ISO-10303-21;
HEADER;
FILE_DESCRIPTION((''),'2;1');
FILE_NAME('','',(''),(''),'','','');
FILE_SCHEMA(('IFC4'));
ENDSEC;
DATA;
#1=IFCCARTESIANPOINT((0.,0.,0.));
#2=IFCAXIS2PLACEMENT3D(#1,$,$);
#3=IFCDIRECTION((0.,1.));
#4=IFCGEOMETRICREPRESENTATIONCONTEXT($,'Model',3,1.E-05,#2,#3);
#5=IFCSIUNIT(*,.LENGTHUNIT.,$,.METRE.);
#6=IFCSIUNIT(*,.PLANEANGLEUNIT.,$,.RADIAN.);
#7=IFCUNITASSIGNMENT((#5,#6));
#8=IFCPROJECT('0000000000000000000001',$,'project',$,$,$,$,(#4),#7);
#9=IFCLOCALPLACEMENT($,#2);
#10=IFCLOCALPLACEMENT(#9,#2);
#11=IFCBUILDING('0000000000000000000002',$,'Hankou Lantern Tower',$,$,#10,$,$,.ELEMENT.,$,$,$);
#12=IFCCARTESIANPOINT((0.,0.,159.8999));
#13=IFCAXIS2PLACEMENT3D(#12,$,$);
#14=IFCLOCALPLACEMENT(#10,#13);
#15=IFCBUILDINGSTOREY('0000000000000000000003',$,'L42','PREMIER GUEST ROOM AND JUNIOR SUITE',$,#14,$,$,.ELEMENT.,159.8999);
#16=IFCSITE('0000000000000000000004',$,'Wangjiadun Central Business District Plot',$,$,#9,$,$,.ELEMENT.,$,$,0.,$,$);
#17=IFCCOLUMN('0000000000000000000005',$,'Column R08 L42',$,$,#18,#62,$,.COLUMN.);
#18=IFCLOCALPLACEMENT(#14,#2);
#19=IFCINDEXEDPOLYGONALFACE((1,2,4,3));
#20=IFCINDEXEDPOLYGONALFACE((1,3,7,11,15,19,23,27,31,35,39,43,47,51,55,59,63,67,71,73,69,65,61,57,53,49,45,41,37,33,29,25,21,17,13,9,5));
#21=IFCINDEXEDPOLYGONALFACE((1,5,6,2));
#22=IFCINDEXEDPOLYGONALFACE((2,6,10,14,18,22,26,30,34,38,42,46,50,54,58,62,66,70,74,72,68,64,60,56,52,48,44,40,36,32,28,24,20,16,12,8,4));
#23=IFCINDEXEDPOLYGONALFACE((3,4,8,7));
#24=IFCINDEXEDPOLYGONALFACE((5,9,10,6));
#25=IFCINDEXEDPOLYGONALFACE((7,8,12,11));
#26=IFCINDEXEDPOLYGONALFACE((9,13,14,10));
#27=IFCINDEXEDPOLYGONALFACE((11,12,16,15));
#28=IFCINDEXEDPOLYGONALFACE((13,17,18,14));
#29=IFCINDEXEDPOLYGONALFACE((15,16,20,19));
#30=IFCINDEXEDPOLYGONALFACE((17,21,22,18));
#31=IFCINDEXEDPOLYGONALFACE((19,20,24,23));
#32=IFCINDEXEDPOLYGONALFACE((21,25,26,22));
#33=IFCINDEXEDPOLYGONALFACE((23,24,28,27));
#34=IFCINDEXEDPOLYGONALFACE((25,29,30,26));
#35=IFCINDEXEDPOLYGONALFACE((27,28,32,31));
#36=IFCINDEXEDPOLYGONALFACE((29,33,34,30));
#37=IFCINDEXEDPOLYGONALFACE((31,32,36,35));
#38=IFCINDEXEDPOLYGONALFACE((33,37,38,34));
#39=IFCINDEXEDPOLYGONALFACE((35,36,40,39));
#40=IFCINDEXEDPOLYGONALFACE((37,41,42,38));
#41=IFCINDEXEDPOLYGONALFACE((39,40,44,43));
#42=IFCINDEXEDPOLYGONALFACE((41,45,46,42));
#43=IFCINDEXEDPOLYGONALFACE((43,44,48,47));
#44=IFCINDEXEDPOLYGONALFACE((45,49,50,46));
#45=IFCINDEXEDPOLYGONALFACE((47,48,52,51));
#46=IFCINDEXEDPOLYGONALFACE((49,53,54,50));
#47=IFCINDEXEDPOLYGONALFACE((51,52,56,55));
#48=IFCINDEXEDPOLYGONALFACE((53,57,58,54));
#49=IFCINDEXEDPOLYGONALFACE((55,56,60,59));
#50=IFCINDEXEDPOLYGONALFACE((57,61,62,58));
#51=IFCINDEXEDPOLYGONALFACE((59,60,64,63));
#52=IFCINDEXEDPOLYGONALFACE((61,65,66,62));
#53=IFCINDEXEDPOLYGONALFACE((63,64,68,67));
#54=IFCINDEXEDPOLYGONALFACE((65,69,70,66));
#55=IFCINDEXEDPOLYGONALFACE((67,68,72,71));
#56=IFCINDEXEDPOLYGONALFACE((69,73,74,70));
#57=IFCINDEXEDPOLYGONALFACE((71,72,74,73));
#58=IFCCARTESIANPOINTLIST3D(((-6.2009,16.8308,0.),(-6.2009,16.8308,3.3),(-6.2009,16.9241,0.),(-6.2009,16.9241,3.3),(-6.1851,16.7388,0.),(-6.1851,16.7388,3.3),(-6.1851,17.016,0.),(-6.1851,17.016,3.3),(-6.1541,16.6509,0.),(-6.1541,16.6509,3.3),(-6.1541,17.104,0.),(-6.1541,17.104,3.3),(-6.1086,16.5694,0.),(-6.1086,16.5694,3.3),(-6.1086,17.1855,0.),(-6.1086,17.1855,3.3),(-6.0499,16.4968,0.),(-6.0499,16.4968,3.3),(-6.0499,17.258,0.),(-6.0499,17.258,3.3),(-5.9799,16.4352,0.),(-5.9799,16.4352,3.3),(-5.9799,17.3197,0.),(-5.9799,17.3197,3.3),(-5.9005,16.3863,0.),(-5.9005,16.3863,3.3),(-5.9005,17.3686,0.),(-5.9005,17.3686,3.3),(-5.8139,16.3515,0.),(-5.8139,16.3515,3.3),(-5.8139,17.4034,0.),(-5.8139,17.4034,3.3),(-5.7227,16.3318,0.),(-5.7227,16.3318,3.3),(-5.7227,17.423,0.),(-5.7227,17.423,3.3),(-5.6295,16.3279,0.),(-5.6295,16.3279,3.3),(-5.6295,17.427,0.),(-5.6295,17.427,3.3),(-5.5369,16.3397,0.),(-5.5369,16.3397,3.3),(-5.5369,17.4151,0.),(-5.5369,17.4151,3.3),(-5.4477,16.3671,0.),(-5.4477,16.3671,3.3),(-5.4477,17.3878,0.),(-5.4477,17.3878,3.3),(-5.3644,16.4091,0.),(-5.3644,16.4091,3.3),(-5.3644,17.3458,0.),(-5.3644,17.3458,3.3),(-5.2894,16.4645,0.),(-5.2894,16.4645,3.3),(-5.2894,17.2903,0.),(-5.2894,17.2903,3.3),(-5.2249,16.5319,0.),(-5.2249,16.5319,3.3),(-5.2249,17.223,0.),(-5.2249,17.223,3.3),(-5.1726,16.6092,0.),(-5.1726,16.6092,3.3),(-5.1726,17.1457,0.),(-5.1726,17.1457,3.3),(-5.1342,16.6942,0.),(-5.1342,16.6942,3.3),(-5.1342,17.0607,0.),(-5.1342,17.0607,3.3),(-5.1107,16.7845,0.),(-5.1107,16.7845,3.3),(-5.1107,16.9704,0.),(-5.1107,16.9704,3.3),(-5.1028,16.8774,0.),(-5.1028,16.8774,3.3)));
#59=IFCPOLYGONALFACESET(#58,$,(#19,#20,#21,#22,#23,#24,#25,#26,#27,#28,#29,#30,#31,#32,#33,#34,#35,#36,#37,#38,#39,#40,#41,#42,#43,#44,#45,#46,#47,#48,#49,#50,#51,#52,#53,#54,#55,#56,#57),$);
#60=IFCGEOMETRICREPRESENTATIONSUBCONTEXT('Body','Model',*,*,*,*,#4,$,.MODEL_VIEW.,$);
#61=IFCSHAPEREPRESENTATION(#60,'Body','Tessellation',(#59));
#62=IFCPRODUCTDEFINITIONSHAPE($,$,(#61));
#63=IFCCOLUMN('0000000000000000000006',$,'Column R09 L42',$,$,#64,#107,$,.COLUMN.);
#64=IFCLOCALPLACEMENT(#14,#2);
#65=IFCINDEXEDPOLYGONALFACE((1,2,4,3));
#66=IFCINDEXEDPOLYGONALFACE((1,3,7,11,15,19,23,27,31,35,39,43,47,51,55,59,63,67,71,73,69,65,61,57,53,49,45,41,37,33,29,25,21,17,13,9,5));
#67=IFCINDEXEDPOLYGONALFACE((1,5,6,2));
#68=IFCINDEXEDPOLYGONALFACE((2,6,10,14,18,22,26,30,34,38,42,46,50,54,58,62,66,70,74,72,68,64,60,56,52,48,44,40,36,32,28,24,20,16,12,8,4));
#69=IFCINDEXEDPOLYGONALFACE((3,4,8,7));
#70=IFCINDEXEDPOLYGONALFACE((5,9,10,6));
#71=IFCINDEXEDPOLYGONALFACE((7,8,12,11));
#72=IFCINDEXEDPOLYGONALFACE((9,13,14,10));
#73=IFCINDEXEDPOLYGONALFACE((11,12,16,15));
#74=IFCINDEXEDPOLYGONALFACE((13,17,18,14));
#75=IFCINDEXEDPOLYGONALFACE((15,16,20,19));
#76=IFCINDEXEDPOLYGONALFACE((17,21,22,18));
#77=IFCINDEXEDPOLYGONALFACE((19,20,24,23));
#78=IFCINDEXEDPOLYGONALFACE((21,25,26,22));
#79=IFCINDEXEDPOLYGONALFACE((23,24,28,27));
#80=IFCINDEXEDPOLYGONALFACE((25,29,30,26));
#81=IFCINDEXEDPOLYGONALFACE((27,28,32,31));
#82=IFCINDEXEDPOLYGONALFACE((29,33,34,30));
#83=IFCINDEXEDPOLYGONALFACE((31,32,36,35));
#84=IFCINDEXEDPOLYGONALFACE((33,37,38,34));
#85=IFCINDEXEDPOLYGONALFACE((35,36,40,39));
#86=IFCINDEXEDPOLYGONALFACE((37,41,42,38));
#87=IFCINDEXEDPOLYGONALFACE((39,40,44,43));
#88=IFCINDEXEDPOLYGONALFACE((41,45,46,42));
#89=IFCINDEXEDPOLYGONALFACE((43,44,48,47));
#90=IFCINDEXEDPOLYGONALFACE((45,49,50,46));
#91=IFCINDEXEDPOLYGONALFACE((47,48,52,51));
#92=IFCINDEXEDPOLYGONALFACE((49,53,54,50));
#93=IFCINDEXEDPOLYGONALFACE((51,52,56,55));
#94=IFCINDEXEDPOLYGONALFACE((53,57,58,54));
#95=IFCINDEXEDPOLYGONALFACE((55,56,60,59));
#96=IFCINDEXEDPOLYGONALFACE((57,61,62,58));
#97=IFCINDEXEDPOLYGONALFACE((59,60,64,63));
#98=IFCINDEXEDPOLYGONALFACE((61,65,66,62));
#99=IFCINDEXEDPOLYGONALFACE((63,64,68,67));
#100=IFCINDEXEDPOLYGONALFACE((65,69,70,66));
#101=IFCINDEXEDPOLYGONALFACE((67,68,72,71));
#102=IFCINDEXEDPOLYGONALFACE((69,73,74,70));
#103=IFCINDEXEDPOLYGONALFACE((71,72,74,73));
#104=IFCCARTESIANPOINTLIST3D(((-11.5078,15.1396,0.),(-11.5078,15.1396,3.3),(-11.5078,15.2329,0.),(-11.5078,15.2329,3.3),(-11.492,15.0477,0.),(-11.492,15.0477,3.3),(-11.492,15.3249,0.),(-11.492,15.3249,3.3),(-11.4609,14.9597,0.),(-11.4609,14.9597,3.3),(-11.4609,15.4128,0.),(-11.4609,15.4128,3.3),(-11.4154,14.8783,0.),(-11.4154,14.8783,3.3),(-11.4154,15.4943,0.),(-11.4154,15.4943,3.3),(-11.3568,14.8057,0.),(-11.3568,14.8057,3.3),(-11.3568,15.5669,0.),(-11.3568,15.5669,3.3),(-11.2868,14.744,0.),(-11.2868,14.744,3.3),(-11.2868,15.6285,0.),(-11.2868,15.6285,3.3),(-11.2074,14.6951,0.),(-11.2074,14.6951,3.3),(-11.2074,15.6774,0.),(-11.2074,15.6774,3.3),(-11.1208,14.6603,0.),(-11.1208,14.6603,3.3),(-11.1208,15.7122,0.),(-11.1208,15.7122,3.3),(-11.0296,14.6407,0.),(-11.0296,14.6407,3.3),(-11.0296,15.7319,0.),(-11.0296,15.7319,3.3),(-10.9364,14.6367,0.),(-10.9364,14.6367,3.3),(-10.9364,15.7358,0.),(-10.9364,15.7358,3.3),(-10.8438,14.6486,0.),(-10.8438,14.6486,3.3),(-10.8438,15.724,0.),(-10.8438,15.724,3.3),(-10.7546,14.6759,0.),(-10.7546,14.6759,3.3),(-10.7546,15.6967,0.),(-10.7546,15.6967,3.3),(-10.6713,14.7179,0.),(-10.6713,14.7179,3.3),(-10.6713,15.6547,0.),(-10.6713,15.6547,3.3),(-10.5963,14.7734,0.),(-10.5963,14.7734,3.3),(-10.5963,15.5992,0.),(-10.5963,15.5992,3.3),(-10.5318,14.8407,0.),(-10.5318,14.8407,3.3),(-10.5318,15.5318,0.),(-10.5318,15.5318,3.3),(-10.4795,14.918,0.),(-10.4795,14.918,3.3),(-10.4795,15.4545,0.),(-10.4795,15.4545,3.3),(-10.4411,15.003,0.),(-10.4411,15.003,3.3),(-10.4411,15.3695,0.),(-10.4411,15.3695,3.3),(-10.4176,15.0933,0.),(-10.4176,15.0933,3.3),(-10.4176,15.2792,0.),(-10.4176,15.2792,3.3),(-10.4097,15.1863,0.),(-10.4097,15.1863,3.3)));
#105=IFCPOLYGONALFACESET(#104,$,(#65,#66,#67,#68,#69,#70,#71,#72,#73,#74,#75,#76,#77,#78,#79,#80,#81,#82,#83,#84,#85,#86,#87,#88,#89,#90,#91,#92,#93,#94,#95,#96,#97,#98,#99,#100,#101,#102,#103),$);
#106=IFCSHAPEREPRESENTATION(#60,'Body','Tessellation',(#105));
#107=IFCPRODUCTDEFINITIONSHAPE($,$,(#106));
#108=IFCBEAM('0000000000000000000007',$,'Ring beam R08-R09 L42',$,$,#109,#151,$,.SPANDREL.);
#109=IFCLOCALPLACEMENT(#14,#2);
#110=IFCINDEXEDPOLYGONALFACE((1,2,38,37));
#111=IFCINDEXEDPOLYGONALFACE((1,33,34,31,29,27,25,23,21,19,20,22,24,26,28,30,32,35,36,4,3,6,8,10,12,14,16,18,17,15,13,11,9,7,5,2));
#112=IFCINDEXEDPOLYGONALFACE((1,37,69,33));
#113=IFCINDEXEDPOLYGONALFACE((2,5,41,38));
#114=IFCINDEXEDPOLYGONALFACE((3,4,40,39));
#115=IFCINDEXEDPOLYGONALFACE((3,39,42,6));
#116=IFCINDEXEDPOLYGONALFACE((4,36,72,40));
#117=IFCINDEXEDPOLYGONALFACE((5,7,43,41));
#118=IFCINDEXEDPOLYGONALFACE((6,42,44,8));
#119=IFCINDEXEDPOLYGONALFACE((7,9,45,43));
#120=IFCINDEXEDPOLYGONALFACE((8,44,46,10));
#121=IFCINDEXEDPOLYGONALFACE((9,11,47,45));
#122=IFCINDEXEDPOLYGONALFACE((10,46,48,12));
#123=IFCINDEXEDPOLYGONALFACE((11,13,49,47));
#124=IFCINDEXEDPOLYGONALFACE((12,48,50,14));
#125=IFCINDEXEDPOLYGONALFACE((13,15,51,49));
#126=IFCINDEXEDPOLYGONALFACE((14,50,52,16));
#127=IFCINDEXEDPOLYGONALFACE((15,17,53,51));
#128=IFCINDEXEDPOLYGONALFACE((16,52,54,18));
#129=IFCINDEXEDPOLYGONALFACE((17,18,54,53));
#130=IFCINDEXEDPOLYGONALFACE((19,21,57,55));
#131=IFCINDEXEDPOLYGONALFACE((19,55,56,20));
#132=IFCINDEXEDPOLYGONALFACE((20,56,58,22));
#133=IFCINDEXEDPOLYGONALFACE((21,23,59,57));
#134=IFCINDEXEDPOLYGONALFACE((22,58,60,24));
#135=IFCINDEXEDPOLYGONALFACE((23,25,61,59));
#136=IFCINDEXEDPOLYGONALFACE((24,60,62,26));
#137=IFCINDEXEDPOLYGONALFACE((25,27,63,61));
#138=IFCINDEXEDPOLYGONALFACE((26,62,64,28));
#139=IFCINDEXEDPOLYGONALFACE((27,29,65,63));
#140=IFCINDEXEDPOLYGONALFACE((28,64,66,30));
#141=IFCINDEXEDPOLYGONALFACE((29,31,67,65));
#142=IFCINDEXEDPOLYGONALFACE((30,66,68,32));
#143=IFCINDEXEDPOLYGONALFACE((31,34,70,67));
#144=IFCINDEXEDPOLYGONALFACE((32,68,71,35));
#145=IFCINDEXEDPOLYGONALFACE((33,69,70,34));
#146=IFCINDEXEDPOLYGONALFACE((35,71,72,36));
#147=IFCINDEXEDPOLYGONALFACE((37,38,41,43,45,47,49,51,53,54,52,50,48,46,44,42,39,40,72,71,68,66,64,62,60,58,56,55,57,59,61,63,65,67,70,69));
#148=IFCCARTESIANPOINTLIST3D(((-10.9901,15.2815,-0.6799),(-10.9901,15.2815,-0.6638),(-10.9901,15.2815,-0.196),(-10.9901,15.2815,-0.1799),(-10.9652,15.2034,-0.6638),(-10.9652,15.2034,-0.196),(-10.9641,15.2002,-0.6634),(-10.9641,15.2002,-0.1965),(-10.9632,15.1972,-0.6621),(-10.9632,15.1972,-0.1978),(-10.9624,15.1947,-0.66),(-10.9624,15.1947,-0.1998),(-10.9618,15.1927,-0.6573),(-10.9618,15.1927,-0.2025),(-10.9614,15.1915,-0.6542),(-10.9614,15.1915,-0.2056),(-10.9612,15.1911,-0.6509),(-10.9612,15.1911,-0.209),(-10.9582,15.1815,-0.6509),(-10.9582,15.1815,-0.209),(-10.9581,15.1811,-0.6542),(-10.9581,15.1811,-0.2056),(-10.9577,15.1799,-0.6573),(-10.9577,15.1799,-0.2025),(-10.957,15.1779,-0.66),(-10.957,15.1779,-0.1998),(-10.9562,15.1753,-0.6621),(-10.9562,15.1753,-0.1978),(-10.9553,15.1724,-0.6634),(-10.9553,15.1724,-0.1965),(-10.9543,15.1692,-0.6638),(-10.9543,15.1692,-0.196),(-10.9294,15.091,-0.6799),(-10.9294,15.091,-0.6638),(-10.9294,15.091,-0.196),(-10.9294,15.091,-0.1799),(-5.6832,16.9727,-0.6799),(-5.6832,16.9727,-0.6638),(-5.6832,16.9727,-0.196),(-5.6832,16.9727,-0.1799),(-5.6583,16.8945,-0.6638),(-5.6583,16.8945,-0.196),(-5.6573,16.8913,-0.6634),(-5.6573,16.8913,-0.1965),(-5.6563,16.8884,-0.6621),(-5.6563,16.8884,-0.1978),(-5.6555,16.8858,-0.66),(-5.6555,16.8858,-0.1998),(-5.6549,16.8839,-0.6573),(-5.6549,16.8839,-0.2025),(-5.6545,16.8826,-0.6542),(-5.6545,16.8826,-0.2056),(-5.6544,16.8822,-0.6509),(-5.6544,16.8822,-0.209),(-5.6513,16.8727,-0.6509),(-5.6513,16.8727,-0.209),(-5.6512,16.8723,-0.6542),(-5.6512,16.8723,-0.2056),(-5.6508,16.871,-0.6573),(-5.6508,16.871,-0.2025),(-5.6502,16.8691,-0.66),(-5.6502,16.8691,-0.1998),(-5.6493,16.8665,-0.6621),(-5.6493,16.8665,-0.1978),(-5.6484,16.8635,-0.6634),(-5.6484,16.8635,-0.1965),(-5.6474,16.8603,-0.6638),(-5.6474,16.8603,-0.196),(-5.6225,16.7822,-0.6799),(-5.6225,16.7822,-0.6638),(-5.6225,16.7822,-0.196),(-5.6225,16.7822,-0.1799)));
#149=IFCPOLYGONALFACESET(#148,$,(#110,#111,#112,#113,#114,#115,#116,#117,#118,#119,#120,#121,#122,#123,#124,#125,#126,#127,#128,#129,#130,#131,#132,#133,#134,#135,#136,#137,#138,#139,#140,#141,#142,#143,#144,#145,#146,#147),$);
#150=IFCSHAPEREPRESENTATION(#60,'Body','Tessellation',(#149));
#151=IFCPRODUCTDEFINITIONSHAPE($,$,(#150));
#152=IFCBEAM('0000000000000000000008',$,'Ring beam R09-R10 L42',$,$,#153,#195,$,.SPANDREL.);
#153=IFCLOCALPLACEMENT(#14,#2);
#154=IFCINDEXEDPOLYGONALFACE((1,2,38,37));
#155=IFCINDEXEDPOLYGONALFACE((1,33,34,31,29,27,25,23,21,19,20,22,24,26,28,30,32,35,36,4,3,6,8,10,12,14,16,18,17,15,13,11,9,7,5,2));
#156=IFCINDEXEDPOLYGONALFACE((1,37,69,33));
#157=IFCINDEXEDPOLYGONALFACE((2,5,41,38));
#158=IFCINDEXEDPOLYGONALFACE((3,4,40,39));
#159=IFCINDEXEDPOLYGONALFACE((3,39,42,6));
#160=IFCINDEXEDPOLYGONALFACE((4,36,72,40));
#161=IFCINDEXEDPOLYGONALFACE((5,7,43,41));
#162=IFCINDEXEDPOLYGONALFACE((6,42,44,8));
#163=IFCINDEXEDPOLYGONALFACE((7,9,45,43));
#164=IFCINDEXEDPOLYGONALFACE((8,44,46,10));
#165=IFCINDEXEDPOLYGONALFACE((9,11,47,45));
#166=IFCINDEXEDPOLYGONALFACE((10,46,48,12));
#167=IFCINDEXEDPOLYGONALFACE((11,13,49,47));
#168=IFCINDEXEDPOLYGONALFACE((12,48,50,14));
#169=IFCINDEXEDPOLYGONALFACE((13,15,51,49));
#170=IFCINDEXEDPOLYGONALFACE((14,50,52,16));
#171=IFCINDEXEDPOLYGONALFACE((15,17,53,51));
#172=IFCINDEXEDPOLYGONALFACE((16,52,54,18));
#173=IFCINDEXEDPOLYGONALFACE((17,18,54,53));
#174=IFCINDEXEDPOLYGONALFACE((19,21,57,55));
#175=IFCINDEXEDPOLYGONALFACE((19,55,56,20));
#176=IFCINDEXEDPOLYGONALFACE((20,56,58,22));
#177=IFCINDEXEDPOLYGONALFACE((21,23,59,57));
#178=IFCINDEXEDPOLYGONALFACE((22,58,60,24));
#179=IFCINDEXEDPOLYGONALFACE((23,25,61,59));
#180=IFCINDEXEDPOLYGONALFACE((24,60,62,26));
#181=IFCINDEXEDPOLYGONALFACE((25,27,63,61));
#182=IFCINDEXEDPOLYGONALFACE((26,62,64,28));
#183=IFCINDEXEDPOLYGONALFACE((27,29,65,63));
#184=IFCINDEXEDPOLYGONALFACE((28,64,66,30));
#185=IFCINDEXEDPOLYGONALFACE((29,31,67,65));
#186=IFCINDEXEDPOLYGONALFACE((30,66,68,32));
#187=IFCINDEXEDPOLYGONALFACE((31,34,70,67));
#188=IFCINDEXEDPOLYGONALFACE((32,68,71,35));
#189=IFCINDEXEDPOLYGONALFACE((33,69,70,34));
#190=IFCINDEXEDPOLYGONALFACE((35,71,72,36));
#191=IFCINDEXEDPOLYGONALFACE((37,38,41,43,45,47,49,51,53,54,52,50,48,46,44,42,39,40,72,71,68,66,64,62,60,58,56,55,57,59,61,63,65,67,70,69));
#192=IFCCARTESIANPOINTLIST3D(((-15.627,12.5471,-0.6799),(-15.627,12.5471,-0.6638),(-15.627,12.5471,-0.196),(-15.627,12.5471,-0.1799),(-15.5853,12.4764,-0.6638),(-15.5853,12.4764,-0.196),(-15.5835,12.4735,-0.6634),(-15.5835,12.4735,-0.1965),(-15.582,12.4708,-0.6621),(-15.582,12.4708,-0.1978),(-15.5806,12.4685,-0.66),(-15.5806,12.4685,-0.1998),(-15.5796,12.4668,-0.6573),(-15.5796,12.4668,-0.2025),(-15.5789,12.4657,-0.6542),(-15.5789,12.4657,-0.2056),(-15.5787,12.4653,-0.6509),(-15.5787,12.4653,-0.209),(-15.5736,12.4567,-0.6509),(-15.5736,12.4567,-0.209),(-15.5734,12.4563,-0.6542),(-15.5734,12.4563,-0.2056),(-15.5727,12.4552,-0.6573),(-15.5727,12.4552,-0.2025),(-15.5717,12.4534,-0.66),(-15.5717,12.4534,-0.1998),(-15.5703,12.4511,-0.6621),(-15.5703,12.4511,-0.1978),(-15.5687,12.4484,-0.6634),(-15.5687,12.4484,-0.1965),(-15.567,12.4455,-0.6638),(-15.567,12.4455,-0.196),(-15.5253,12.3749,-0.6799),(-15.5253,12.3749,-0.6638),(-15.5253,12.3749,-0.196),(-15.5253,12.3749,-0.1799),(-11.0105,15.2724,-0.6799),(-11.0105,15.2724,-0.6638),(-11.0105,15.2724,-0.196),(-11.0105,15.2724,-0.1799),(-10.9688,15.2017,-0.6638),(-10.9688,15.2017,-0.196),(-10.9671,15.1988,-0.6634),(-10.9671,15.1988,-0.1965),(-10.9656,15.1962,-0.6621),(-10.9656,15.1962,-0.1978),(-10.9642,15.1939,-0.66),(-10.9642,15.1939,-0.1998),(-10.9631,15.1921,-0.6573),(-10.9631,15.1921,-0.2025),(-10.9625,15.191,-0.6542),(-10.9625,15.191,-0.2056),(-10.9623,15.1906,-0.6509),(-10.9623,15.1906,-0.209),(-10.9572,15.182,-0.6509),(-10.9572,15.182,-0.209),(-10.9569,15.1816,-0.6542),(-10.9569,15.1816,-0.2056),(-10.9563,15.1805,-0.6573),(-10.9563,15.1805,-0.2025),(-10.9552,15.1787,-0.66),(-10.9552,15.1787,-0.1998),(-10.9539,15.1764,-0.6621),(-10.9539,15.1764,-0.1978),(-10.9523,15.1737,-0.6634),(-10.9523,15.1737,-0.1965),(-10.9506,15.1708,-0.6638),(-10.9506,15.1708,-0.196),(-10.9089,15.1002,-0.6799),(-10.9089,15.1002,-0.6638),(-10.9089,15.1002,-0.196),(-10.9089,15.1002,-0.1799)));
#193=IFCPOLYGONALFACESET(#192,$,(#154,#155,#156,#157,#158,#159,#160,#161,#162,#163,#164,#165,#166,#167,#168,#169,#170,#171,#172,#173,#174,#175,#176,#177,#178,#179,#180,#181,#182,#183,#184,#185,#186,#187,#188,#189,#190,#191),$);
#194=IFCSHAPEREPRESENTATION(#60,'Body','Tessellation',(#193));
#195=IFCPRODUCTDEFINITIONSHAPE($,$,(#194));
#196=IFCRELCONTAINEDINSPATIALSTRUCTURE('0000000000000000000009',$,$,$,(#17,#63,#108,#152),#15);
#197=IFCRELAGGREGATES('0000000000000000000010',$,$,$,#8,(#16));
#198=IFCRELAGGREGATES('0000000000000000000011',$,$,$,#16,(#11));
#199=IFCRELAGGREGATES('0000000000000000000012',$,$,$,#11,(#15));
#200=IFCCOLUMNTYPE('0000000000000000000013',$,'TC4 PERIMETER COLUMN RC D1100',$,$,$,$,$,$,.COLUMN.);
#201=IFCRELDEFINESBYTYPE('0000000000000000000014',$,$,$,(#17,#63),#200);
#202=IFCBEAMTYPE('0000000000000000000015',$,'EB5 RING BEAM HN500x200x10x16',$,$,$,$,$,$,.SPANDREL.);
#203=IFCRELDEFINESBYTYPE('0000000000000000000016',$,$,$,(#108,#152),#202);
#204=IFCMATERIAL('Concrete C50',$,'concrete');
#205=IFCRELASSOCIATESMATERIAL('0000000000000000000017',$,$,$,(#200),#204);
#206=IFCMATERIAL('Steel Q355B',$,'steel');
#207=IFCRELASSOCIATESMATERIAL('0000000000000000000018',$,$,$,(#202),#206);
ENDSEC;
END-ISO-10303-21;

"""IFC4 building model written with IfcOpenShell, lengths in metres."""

from ifc_helpers import new_model, si_unit, direction, frame, origin, origin_2d, place, context, subcontext, project, spatial, circle, i_section, extrude, material, material_profile, profile_set, type_object, element, save


model = new_model("IFC4")

# Units and contexts
model_context = context("Model", 3, precision=1e-05, world=origin(), true_north=direction((0.0, 1.0)))
body_context = subcontext(model_context, "Body", "Model", "MODEL_VIEW")
ifc_project = project(units=[si_unit("LENGTHUNIT", "METRE"), si_unit("PLANEANGLEUNIT", "RADIAN")], contexts=[model_context])

# Site, building, storey
site_placement = place(None, origin())
site = spatial("IfcSite", under=ifc_project, at=site_placement, Name="Wangjiadun Central Business District Plot", CompositionType="ELEMENT", RefElevation=0.0)
building_placement = place(site_placement, origin())
building = spatial("IfcBuilding", under=site, at=building_placement, Name="Hankou Lantern Tower", CompositionType="ELEMENT")
storey_placement = place(building_placement, frame((0.0, 0.0, 159.8999)))
storey = spatial("IfcBuildingStorey", under=building, at=storey_placement, Name="L42", Description="PREMIER GUEST ROOM AND JUNIOR SUITE", CompositionType="ELEMENT", Elevation=159.8999)

# Columns
ifc_material_1 = material(Name="Concrete C50", Category="concrete")
ifc_material_profile_1 = material_profile(ifc_material_1, circle(Radius=0.55, at=origin_2d()), Name="RC D1100")
ifc_profile_set_1 = profile_set([ifc_material_profile_1], Name="Concrete C50")
column_type = type_object("IfcColumnType", Name="TC4 PERIMETER COLUMN RC D1100", PredefinedType="COLUMN", material=ifc_profile_set_1)
for number, where, z_axis, x_axis, name in (
    (1, (-5.6528, 16.8774, 0.0), (0.0, 0.0, 1.0), (1.0, 0.0, 0.0), "Column R08 L42"),
    (2, (-10.9597, 15.1863, 0.0), (0.0, 0.0, 1.0), (1.0, 0.0, 0.0), "Column R09 L42"),
):
    element("IfcColumn", number, at=place(storey_placement, frame(where, z_axis=z_axis, x_axis=x_axis)), inside=storey, type_object=column_type, Name=name, PredefinedType="COLUMN", context=body_context, shape_type="SweptSolid", body=[
        extrude(circle(Radius=0.55, at=origin_2d()), origin(), (0.0, 0.0, 1.0), 3.3),
    ])

# Beams
ifc_material_2 = material(Name="Steel Q355B", Category="steel")
ifc_material_profile_2 = material_profile(ifc_material_2, i_section(OverallWidth=0.2, OverallDepth=0.5, WebThickness=0.01, FlangeThickness=0.0161, FilletRadius=0.0129, at=origin_2d()), Name="HN500x200x10x16")
ifc_profile_set_2 = profile_set([ifc_material_profile_2], Name="Steel Q355B")
beam_type_1 = type_object("IfcBeamType", Name="EB5 RING BEAM HN500x200x10x16", PredefinedType="SPANDREL", material=ifc_profile_set_2)
beam_1_placement = place(storey_placement, frame((-5.6528, 16.8774, -0.4299), z_axis=(-0.95279, -0.303629, 0.0), x_axis=(0.303629, -0.95279, 0.0)))
element("IfcBeam", 3, at=beam_1_placement, inside=storey, type_object=beam_type_1, Name="Ring beam R08-R09 L42", PredefinedType="SPANDREL", context=body_context, shape_type="SweptSolid", body=[
    extrude(i_section(OverallWidth=0.2, OverallDepth=0.5, WebThickness=0.01, FlangeThickness=0.0161, FilletRadius=0.0129, at=origin_2d()), origin(), (0.0, 0.0, 1.0), 5.5698),
])
beam_2_placement = place(storey_placement, frame((-10.9597, 15.1863, -0.4299), z_axis=(-0.861136, -0.508375, 0.0), x_axis=(0.508375, -0.861136, 0.0)))
element("IfcBeam", 4, at=beam_2_placement, inside=storey, type_object=beam_type_1, Name="Ring beam R09-R10 L42", PredefinedType="SPANDREL", context=body_context, shape_type="SweptSolid", body=[
    extrude(i_section(OverallWidth=0.2, OverallDepth=0.5, WebThickness=0.01, FlangeThickness=0.0161, FilletRadius=0.0129, at=origin_2d()), origin(), (0.0, 0.0, 1.0), 5.3608),
])

save(model, "model.ifc")
